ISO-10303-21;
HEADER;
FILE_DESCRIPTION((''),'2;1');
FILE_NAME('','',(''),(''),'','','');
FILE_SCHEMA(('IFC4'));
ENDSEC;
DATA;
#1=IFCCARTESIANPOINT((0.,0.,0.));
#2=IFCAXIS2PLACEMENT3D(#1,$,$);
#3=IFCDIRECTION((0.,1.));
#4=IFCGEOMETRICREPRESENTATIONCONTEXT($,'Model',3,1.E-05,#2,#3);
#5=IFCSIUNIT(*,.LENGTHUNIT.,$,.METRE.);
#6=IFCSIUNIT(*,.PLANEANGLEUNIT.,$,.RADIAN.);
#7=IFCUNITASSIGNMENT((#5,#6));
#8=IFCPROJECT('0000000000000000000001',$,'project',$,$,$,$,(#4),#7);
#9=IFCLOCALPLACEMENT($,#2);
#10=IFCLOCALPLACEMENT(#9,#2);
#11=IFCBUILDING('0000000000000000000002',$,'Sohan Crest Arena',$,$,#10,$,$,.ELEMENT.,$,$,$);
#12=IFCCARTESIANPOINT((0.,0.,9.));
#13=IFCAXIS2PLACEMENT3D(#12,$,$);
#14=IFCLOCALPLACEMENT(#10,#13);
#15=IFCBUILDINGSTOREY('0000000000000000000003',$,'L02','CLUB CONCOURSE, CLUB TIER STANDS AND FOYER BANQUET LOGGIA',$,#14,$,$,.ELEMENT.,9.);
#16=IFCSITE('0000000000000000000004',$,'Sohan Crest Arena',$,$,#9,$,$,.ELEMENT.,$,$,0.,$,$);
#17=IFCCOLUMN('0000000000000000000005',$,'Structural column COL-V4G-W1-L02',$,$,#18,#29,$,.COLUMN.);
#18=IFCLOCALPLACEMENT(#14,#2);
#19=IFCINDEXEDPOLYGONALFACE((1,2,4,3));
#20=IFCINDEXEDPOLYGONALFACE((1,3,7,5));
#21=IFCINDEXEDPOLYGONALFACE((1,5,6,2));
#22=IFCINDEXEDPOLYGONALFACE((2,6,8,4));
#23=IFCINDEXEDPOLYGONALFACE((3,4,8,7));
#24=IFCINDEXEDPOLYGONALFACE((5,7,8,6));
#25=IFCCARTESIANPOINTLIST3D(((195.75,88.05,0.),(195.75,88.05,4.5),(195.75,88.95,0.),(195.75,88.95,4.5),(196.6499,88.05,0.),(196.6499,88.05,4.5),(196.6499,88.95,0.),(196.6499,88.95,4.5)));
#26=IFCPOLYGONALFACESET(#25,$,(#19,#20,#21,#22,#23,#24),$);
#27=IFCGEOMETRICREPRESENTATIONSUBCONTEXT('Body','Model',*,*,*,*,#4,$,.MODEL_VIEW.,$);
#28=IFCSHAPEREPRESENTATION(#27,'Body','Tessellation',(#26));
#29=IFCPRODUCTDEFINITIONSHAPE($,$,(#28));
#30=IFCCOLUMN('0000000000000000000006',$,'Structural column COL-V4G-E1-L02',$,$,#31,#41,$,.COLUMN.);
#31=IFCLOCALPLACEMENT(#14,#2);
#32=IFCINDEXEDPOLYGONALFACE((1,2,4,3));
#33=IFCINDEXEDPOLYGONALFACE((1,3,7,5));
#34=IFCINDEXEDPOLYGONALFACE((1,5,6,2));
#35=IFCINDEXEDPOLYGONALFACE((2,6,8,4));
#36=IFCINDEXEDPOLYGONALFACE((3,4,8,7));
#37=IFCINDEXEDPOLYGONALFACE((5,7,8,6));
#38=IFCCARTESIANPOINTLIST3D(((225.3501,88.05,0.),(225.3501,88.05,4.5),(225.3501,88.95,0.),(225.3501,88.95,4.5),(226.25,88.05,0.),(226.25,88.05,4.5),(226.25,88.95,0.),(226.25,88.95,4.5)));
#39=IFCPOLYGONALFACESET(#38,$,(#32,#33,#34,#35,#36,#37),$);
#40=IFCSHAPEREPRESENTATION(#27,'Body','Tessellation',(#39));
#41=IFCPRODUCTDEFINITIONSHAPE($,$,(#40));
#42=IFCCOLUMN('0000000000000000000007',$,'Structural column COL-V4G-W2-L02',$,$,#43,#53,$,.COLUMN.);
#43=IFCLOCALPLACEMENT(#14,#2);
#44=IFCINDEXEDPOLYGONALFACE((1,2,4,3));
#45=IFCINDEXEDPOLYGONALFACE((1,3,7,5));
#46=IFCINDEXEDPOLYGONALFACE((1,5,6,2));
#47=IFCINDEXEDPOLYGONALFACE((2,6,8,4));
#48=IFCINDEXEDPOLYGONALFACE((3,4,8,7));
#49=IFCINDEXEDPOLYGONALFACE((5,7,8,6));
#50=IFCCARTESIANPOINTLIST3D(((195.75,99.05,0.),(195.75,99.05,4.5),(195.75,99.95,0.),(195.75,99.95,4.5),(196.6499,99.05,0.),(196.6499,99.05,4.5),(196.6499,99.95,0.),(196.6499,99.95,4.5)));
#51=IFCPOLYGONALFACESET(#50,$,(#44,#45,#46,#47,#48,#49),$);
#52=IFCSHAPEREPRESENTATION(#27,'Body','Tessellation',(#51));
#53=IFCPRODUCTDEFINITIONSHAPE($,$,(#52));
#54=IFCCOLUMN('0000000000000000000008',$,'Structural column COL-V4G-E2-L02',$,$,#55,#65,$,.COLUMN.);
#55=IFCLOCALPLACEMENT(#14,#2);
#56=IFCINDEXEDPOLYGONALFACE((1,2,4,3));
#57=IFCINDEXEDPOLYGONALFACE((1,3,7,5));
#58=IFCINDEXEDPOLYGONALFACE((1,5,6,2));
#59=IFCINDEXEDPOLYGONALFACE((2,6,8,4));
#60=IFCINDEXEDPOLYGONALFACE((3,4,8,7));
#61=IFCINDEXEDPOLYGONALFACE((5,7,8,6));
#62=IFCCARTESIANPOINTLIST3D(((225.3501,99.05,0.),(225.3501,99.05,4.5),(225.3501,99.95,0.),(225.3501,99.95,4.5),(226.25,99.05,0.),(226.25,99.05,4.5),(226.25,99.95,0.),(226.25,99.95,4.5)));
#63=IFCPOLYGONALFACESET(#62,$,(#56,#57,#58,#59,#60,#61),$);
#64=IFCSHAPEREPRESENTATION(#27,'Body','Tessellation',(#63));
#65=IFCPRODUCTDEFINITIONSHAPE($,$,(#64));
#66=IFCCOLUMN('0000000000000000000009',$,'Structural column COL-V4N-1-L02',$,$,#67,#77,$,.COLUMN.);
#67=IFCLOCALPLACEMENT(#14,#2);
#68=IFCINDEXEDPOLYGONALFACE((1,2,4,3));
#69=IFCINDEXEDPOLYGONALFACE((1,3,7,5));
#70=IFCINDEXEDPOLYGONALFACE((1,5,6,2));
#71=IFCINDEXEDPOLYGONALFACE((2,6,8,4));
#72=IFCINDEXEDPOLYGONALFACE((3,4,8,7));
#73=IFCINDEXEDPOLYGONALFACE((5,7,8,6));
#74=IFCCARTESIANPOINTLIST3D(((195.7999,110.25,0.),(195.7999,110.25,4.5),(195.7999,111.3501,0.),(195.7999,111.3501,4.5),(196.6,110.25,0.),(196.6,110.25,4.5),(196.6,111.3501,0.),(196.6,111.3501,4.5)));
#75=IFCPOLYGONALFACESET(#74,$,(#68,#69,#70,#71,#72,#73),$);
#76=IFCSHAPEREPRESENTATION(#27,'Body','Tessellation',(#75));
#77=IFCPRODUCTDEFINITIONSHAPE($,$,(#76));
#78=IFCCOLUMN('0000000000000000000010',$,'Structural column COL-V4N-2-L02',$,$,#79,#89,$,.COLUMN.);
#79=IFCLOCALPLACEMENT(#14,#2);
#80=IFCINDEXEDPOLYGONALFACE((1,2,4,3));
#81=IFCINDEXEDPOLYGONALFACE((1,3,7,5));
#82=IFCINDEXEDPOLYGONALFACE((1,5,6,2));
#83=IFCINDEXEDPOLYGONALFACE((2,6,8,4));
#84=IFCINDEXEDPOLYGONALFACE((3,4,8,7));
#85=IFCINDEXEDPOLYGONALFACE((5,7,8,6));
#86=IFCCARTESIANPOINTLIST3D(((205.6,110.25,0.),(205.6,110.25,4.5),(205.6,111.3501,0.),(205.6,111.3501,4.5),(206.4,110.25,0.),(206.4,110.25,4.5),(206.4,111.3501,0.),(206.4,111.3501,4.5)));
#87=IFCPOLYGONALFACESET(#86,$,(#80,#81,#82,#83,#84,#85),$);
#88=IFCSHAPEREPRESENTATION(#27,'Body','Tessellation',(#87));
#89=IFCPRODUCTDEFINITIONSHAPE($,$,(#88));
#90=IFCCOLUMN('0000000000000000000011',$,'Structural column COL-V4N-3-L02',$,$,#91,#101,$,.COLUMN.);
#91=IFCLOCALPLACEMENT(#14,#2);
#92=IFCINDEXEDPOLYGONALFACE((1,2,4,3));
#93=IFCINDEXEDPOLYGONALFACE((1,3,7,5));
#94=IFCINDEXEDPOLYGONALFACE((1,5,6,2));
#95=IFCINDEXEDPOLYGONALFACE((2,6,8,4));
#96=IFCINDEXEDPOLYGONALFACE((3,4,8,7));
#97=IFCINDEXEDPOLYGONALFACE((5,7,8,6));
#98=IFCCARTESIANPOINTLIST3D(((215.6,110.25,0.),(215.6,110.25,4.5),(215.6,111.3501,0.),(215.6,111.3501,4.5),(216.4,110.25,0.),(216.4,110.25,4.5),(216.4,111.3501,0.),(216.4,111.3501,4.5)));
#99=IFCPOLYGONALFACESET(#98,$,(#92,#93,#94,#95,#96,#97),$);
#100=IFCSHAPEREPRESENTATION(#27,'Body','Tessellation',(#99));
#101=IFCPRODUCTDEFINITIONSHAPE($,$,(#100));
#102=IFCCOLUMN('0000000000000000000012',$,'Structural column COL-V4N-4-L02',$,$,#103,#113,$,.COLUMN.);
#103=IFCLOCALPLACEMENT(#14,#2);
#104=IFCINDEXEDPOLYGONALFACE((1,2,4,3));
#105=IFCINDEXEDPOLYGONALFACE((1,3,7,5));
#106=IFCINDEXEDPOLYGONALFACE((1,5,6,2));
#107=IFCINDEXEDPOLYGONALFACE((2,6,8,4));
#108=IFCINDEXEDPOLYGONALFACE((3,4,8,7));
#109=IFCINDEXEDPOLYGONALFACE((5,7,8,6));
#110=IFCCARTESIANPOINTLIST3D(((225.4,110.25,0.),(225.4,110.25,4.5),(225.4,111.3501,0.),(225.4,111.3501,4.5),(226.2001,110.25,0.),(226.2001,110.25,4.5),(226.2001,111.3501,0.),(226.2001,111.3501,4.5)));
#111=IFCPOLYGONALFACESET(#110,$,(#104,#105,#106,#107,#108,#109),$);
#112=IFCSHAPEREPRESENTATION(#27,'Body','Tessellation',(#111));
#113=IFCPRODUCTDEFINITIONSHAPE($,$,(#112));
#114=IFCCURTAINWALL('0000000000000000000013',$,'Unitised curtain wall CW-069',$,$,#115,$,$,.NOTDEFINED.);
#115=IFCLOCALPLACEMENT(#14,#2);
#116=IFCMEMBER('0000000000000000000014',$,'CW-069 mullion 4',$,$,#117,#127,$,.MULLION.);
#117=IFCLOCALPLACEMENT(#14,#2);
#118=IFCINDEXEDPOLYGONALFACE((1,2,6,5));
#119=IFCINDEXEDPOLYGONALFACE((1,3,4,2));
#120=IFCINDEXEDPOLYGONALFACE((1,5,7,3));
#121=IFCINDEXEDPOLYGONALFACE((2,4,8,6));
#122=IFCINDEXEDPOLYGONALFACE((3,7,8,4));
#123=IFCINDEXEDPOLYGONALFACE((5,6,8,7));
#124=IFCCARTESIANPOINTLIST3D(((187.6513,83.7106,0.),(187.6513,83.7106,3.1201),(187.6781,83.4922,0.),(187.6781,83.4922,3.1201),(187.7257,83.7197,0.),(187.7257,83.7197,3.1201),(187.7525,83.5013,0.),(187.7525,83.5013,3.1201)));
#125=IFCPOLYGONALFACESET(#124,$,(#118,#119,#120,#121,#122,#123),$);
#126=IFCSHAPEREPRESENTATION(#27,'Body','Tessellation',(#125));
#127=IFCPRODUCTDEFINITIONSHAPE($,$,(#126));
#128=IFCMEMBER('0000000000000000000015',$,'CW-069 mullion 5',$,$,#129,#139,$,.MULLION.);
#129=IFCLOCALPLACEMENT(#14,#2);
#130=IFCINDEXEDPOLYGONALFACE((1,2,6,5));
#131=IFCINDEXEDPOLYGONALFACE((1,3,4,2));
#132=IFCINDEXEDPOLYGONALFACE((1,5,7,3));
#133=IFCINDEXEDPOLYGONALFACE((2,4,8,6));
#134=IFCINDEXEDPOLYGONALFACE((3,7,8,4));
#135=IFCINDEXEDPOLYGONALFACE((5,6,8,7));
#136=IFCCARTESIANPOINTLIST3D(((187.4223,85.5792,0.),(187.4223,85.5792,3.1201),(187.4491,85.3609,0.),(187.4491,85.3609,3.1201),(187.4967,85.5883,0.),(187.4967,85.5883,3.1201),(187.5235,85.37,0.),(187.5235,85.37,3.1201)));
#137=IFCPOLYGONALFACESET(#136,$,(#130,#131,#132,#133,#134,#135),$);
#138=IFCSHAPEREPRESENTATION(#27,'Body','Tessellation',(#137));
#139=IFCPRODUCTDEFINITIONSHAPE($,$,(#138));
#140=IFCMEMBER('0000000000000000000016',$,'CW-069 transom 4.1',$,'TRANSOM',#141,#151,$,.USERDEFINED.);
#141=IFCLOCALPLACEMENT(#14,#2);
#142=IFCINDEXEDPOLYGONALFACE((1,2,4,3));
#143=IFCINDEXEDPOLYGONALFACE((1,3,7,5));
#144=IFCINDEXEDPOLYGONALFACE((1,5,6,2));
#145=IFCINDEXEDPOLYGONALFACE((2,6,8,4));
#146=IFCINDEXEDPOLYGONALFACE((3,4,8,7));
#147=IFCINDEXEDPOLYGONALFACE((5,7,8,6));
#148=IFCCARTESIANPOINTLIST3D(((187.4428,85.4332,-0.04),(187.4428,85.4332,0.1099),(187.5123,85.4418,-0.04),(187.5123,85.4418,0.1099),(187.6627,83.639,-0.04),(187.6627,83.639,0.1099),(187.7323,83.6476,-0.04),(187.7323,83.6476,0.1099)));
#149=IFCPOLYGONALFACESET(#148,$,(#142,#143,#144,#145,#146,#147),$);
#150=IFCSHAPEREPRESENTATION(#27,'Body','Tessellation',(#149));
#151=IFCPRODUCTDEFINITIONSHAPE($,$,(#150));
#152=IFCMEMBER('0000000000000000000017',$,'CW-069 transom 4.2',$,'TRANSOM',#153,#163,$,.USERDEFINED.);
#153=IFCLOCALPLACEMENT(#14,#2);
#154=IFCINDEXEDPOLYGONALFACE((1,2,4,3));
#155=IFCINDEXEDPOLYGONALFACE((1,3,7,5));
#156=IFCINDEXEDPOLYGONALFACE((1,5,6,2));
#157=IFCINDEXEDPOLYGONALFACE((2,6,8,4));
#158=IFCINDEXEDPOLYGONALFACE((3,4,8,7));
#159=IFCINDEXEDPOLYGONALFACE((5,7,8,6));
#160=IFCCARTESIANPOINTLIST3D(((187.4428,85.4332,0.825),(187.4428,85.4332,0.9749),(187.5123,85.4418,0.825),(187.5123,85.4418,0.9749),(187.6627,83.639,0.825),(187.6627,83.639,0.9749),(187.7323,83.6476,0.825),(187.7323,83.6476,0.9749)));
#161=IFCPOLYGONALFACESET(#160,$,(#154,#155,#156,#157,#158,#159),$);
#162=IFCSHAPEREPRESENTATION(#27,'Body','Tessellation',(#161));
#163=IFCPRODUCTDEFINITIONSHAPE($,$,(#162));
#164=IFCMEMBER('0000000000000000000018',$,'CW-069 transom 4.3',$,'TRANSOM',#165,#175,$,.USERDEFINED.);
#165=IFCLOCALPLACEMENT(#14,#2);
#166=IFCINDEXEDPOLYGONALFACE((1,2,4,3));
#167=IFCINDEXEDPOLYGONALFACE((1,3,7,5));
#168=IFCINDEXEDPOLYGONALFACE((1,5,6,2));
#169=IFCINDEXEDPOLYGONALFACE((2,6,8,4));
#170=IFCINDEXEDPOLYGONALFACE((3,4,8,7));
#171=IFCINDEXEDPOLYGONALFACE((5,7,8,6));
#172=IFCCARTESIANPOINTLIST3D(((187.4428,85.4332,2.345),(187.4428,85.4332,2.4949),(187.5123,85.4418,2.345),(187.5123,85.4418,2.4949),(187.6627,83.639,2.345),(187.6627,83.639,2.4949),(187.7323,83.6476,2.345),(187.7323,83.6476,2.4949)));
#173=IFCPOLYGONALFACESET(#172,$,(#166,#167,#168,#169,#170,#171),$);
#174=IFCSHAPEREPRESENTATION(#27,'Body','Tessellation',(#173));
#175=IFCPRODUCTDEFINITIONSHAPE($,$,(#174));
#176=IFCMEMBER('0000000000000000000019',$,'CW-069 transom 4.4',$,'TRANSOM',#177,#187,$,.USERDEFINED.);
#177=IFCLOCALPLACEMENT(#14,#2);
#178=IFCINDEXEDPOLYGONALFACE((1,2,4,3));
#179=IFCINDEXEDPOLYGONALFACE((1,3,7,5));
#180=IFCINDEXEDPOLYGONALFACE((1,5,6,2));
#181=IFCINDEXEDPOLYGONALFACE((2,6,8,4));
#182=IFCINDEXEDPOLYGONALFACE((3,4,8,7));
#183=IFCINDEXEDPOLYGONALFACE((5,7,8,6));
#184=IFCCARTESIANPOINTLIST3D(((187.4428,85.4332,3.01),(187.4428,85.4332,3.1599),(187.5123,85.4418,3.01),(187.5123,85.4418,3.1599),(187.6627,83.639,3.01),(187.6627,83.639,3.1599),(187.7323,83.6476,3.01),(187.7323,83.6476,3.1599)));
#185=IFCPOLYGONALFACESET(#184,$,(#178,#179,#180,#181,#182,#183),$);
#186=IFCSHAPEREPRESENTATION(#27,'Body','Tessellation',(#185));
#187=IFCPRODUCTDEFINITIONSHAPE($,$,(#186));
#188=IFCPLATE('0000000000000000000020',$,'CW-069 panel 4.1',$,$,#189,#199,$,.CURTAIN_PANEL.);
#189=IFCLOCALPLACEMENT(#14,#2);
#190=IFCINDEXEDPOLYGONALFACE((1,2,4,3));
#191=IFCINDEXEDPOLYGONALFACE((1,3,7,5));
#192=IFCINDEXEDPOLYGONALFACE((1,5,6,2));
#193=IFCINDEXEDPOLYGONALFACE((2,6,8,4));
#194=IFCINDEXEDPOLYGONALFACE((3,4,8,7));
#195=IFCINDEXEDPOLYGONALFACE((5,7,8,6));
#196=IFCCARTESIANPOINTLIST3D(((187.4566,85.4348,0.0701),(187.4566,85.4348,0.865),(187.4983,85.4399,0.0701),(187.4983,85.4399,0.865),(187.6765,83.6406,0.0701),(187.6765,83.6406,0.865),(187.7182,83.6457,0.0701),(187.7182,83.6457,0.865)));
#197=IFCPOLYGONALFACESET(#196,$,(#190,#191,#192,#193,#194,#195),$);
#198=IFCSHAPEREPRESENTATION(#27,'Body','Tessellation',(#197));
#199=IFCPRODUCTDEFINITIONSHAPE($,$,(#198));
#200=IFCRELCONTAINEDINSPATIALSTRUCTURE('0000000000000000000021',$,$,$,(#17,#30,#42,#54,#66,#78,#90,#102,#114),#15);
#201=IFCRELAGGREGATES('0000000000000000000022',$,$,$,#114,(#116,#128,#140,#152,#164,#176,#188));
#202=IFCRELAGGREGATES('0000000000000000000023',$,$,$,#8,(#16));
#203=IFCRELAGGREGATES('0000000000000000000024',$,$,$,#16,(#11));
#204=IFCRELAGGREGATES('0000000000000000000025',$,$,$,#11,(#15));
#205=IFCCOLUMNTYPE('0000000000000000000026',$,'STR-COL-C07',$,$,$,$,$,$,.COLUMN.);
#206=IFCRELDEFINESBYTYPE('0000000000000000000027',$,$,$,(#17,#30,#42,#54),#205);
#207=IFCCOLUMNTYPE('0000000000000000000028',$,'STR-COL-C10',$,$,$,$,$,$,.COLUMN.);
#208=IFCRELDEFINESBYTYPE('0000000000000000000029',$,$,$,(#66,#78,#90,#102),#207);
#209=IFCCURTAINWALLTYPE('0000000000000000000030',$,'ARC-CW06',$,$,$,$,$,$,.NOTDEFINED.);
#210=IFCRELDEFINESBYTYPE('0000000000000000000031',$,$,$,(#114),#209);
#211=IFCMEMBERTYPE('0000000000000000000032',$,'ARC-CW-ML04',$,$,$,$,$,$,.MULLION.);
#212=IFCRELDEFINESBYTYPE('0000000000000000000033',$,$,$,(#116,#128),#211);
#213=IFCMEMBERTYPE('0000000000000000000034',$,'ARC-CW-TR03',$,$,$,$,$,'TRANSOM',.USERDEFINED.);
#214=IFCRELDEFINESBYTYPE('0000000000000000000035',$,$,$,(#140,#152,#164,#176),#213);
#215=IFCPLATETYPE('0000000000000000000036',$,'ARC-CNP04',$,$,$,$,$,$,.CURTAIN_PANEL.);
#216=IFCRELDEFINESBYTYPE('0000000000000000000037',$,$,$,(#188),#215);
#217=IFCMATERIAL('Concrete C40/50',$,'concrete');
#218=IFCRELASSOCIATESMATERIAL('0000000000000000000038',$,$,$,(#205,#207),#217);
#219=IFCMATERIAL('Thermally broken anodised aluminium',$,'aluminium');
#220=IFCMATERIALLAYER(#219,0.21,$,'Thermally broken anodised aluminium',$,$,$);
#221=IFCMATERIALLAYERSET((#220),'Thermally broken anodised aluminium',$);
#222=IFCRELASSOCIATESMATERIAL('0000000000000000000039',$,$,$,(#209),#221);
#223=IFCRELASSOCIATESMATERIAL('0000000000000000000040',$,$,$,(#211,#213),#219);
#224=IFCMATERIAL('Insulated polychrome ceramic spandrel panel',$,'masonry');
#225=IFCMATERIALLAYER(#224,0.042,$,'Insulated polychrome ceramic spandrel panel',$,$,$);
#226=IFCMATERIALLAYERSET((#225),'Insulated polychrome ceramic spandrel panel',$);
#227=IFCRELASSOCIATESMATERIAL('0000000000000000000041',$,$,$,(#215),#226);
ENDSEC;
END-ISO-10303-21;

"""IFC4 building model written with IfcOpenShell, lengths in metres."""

from ifc_helpers import new_model, si_unit, direction, frame, origin, origin_2d, place, context, subcontext, project, spatial, rectangle, extrude, material, layer, layer_set, material_profile, profile_set, type_object, element, aggregate, save


model = new_model("IFC4")

# Units and contexts
model_context = context("Model", 3, precision=1e-05, world=origin(), true_north=direction((0.0, 1.0)))
body_context = subcontext(model_context, "Body", "Model", "MODEL_VIEW")
ifc_project = project(units=[si_unit("LENGTHUNIT", "METRE"), si_unit("PLANEANGLEUNIT", "RADIAN")], contexts=[model_context])

# Site, building, storey
site_placement = place(None, origin())
site = spatial("IfcSite", under=ifc_project, at=site_placement, Name="Sohan Crest Arena", CompositionType="ELEMENT", RefElevation=0.0)
building_placement = place(site_placement, origin())
building = spatial("IfcBuilding", under=site, at=building_placement, Name="Sohan Crest Arena", CompositionType="ELEMENT")
storey_placement = place(building_placement, frame((0.0, 0.0, 9.0)))
storey = spatial("IfcBuildingStorey", under=building, at=storey_placement, Name="L02", Description="CLUB CONCOURSE, CLUB TIER STANDS AND FOYER BANQUET LOGGIA", CompositionType="ELEMENT", Elevation=9.0)

# Columns
ifc_material_1 = material(Name="Concrete C40/50", Category="concrete")
ifc_material_profile_1 = material_profile(ifc_material_1, rectangle(XDim=0.8999, YDim=0.8999, at=origin_2d()), Name="RC 900x900")
ifc_profile_set_1 = profile_set([ifc_material_profile_1], Name="Concrete C40/50")
column_type_1 = type_object("IfcColumnType", Name="STR-COL-C07", PredefinedType="COLUMN", material=ifc_profile_set_1)
for number, where, z_axis, x_axis, name in (
    (1, (196.2, 88.5, 0.0), (0.0, 0.0, 1.0), (1.0, 0.0, 0.0), "Structural column COL-V4G-W1-L02"),
    (2, (225.8, 88.5, 0.0), (0.0, 0.0, 1.0), (1.0, 0.0, 0.0), "Structural column COL-V4G-E1-L02"),
    (3, (196.2, 99.5, 0.0), (0.0, 0.0, 1.0), (1.0, 0.0, 0.0), "Structural column COL-V4G-W2-L02"),
    (4, (225.8, 99.5, 0.0), (0.0, 0.0, 1.0), (1.0, 0.0, 0.0), "Structural column COL-V4G-E2-L02"),
):
    element("IfcColumn", number, at=place(storey_placement, frame(where, z_axis=z_axis, x_axis=x_axis)), inside=storey, type_object=column_type_1, Name=name, PredefinedType="COLUMN", context=body_context, shape_type="SweptSolid", body=[
        extrude(rectangle(XDim=0.8999, YDim=0.8999, at=origin_2d()), origin(), (0.0, 0.0, 1.0), 4.5),
    ])
ifc_material_profile_2 = material_profile(ifc_material_1, rectangle(XDim=1.1001, YDim=0.8, at=origin_2d()), Name="RC 1100x800")
ifc_profile_set_2 = profile_set([ifc_material_profile_2], Name="Concrete C40/50")
column_type_2 = type_object("IfcColumnType", Name="STR-COL-C10", PredefinedType="COLUMN", material=ifc_profile_set_2)
for number, where, z_axis, x_axis, name in (
    (5, (196.2, 110.8, 0.0), (0.0, 0.0, 1.0), (0.0, 1.0, 0.0), "Structural column COL-V4N-1-L02"),
    (6, (206.0, 110.8, 0.0), (0.0, 0.0, 1.0), (0.0, 1.0, 0.0), "Structural column COL-V4N-2-L02"),
    (7, (216.0, 110.8, 0.0), (0.0, 0.0, 1.0), (0.0, 1.0, 0.0), "Structural column COL-V4N-3-L02"),
    (8, (225.8, 110.8, 0.0), (0.0, 0.0, 1.0), (0.0, 1.0, 0.0), "Structural column COL-V4N-4-L02"),
):
    element("IfcColumn", number, at=place(storey_placement, frame(where, z_axis=z_axis, x_axis=x_axis)), inside=storey, type_object=column_type_2, Name=name, PredefinedType="COLUMN", context=body_context, shape_type="SweptSolid", body=[
        extrude(rectangle(XDim=1.1001, YDim=0.8, at=origin_2d()), origin(), (0.0, 0.0, 1.0), 4.5),
    ])

# Curtain wall, members, plate
ifc_material_2 = material(Name="Thermally broken anodised aluminium", Category="aluminium")
ifc_layer_1 = layer(ifc_material_2, 0.21, Name="Thermally broken anodised aluminium")
ifc_layer_set_1 = layer_set([ifc_layer_1], Name="Thermally broken anodised aluminium")
curtain_wall_type = type_object("IfcCurtainWallType", Name="ARC-CW06", PredefinedType="NOTDEFINED", material=ifc_layer_set_1)
curtain_wall_placement = place(storey_placement, origin())
curtain_wall = element("IfcCurtainWall", 9, at=curtain_wall_placement, inside=storey, type_object=curtain_wall_type, Name="Unitised curtain wall CW-069", PredefinedType="NOTDEFINED")
ifc_material_profile_3 = material_profile(ifc_material_2, rectangle(XDim=0.075, YDim=0.22, at=origin_2d()), Name="ALU-MULL 75x220")
ifc_profile_set_3 = profile_set([ifc_material_profile_3], Name="Thermally broken anodised aluminium")
member_type_1 = type_object("IfcMemberType", Name="ARC-CW-ML04", PredefinedType="MULLION", material=ifc_profile_set_3)
member_1_placement = place(storey_placement, frame((187.7019, 83.606, 0.0), z_axis=(0.0, 0.0, 1.0), x_axis=(-0.992575, -0.121637, 0.0)))
member_1 = element("IfcMember", 10, at=member_1_placement, type_object=member_type_1, Name="CW-069 mullion 4", PredefinedType="MULLION", context=body_context, shape_type="SweptSolid", body=[
    extrude(rectangle(XDim=0.075, YDim=0.22, at=origin_2d()), origin(), (0.0, 0.0, 1.0), 3.1201),
])
member_2_placement = place(storey_placement, frame((187.4729, 85.4746, 0.0), z_axis=(0.0, 0.0, 1.0), x_axis=(-0.992575, -0.121637, 0.0)))
member_2 = element("IfcMember", 11, at=member_2_placement, type_object=member_type_1, Name="CW-069 mullion 5", PredefinedType="MULLION", context=body_context, shape_type="SweptSolid", body=[
    extrude(rectangle(XDim=0.075, YDim=0.22, at=origin_2d()), origin(), (0.0, 0.0, 1.0), 3.1201),
])
ifc_material_profile_4 = material_profile(ifc_material_2, rectangle(XDim=0.0701, YDim=0.1499, at=origin_2d()), Name="ALU-TRAN 70x150")
ifc_profile_set_4 = profile_set([ifc_material_profile_4], Name="Thermally broken anodised aluminium")
member_type_2 = type_object("IfcMemberType", Name="ARC-CW-TR03", ElementType="TRANSOM", PredefinedType="USERDEFINED", material=ifc_profile_set_4)
member_3_placement = place(storey_placement, frame((187.6975, 83.6433, 0.0349), z_axis=(-0.121691, 0.992568, 0.0), x_axis=(-0.992568, -0.121691, 0.0)))
member_3 = element("IfcMember", 12, at=member_3_placement, type_object=member_type_2, Name="CW-069 transom 4.1", ObjectType="TRANSOM", PredefinedType="USERDEFINED", context=body_context, shape_type="SweptSolid", body=[
    extrude(rectangle(XDim=0.0701, YDim=0.1499, at=origin_2d()), origin(), (0.0, 0.0, 1.0), 1.8076),
])
member_4_placement = place(storey_placement, frame((187.6975, 83.6433, 0.8999), z_axis=(-0.121691, 0.992568, 0.0), x_axis=(-0.992568, -0.121691, 0.0)))
member_4 = element("IfcMember", 13, at=member_4_placement, type_object=member_type_2, Name="CW-069 transom 4.2", ObjectType="TRANSOM", PredefinedType="USERDEFINED", context=body_context, shape_type="SweptSolid", body=[
    extrude(rectangle(XDim=0.0701, YDim=0.1499, at=origin_2d()), origin(), (0.0, 0.0, 1.0), 1.8076),
])
member_5_placement = place(storey_placement, frame((187.6975, 83.6433, 2.4199), z_axis=(-0.121691, 0.992568, 0.0), x_axis=(-0.992568, -0.121691, 0.0)))
member_5 = element("IfcMember", 14, at=member_5_placement, type_object=member_type_2, Name="CW-069 transom 4.3", ObjectType="TRANSOM", PredefinedType="USERDEFINED", context=body_context, shape_type="SweptSolid", body=[
    extrude(rectangle(XDim=0.0701, YDim=0.1499, at=origin_2d()), origin(), (0.0, 0.0, 1.0), 1.8076),
])
member_6_placement = place(storey_placement, frame((187.6975, 83.6433, 3.085), z_axis=(-0.121691, 0.992568, 0.0), x_axis=(-0.992568, -0.121691, 0.0)))
member_6 = element("IfcMember", 15, at=member_6_placement, type_object=member_type_2, Name="CW-069 transom 4.4", ObjectType="TRANSOM", PredefinedType="USERDEFINED", context=body_context, shape_type="SweptSolid", body=[
    extrude(rectangle(XDim=0.0701, YDim=0.1499, at=origin_2d()), origin(), (0.0, 0.0, 1.0), 1.8076),
])
ifc_material_3 = material(Name="Insulated polychrome ceramic spandrel panel", Category="masonry")
ifc_layer_2 = layer(ifc_material_3, 0.042, Name="Insulated polychrome ceramic spandrel panel")
ifc_layer_set_2 = layer_set([ifc_layer_2], Name="Insulated polychrome ceramic spandrel panel")
plate_type = type_object("IfcPlateType", Name="ARC-CNP04", PredefinedType="CURTAIN_PANEL", material=ifc_layer_set_2)
plate_1_placement = place(storey_placement, frame((187.5874, 84.5403, 0.0701), z_axis=(0.0, 0.0, 1.0), x_axis=(-0.121637, 0.992575, 0.0)))
plate_1 = element("IfcPlate", 16, at=plate_1_placement, type_object=plate_type, Name="CW-069 panel 4.1", PredefinedType="CURTAIN_PANEL", context=body_context, shape_type="SweptSolid", body=[
    extrude(rectangle(XDim=1.8076, YDim=0.042, at=origin_2d()), origin(), (0.0, 0.0, 1.0), 0.7949),
])
aggregate(curtain_wall, [member_1, member_2, member_3, member_4, member_5, member_6, plate_1])

save(model, "model.ifc")
